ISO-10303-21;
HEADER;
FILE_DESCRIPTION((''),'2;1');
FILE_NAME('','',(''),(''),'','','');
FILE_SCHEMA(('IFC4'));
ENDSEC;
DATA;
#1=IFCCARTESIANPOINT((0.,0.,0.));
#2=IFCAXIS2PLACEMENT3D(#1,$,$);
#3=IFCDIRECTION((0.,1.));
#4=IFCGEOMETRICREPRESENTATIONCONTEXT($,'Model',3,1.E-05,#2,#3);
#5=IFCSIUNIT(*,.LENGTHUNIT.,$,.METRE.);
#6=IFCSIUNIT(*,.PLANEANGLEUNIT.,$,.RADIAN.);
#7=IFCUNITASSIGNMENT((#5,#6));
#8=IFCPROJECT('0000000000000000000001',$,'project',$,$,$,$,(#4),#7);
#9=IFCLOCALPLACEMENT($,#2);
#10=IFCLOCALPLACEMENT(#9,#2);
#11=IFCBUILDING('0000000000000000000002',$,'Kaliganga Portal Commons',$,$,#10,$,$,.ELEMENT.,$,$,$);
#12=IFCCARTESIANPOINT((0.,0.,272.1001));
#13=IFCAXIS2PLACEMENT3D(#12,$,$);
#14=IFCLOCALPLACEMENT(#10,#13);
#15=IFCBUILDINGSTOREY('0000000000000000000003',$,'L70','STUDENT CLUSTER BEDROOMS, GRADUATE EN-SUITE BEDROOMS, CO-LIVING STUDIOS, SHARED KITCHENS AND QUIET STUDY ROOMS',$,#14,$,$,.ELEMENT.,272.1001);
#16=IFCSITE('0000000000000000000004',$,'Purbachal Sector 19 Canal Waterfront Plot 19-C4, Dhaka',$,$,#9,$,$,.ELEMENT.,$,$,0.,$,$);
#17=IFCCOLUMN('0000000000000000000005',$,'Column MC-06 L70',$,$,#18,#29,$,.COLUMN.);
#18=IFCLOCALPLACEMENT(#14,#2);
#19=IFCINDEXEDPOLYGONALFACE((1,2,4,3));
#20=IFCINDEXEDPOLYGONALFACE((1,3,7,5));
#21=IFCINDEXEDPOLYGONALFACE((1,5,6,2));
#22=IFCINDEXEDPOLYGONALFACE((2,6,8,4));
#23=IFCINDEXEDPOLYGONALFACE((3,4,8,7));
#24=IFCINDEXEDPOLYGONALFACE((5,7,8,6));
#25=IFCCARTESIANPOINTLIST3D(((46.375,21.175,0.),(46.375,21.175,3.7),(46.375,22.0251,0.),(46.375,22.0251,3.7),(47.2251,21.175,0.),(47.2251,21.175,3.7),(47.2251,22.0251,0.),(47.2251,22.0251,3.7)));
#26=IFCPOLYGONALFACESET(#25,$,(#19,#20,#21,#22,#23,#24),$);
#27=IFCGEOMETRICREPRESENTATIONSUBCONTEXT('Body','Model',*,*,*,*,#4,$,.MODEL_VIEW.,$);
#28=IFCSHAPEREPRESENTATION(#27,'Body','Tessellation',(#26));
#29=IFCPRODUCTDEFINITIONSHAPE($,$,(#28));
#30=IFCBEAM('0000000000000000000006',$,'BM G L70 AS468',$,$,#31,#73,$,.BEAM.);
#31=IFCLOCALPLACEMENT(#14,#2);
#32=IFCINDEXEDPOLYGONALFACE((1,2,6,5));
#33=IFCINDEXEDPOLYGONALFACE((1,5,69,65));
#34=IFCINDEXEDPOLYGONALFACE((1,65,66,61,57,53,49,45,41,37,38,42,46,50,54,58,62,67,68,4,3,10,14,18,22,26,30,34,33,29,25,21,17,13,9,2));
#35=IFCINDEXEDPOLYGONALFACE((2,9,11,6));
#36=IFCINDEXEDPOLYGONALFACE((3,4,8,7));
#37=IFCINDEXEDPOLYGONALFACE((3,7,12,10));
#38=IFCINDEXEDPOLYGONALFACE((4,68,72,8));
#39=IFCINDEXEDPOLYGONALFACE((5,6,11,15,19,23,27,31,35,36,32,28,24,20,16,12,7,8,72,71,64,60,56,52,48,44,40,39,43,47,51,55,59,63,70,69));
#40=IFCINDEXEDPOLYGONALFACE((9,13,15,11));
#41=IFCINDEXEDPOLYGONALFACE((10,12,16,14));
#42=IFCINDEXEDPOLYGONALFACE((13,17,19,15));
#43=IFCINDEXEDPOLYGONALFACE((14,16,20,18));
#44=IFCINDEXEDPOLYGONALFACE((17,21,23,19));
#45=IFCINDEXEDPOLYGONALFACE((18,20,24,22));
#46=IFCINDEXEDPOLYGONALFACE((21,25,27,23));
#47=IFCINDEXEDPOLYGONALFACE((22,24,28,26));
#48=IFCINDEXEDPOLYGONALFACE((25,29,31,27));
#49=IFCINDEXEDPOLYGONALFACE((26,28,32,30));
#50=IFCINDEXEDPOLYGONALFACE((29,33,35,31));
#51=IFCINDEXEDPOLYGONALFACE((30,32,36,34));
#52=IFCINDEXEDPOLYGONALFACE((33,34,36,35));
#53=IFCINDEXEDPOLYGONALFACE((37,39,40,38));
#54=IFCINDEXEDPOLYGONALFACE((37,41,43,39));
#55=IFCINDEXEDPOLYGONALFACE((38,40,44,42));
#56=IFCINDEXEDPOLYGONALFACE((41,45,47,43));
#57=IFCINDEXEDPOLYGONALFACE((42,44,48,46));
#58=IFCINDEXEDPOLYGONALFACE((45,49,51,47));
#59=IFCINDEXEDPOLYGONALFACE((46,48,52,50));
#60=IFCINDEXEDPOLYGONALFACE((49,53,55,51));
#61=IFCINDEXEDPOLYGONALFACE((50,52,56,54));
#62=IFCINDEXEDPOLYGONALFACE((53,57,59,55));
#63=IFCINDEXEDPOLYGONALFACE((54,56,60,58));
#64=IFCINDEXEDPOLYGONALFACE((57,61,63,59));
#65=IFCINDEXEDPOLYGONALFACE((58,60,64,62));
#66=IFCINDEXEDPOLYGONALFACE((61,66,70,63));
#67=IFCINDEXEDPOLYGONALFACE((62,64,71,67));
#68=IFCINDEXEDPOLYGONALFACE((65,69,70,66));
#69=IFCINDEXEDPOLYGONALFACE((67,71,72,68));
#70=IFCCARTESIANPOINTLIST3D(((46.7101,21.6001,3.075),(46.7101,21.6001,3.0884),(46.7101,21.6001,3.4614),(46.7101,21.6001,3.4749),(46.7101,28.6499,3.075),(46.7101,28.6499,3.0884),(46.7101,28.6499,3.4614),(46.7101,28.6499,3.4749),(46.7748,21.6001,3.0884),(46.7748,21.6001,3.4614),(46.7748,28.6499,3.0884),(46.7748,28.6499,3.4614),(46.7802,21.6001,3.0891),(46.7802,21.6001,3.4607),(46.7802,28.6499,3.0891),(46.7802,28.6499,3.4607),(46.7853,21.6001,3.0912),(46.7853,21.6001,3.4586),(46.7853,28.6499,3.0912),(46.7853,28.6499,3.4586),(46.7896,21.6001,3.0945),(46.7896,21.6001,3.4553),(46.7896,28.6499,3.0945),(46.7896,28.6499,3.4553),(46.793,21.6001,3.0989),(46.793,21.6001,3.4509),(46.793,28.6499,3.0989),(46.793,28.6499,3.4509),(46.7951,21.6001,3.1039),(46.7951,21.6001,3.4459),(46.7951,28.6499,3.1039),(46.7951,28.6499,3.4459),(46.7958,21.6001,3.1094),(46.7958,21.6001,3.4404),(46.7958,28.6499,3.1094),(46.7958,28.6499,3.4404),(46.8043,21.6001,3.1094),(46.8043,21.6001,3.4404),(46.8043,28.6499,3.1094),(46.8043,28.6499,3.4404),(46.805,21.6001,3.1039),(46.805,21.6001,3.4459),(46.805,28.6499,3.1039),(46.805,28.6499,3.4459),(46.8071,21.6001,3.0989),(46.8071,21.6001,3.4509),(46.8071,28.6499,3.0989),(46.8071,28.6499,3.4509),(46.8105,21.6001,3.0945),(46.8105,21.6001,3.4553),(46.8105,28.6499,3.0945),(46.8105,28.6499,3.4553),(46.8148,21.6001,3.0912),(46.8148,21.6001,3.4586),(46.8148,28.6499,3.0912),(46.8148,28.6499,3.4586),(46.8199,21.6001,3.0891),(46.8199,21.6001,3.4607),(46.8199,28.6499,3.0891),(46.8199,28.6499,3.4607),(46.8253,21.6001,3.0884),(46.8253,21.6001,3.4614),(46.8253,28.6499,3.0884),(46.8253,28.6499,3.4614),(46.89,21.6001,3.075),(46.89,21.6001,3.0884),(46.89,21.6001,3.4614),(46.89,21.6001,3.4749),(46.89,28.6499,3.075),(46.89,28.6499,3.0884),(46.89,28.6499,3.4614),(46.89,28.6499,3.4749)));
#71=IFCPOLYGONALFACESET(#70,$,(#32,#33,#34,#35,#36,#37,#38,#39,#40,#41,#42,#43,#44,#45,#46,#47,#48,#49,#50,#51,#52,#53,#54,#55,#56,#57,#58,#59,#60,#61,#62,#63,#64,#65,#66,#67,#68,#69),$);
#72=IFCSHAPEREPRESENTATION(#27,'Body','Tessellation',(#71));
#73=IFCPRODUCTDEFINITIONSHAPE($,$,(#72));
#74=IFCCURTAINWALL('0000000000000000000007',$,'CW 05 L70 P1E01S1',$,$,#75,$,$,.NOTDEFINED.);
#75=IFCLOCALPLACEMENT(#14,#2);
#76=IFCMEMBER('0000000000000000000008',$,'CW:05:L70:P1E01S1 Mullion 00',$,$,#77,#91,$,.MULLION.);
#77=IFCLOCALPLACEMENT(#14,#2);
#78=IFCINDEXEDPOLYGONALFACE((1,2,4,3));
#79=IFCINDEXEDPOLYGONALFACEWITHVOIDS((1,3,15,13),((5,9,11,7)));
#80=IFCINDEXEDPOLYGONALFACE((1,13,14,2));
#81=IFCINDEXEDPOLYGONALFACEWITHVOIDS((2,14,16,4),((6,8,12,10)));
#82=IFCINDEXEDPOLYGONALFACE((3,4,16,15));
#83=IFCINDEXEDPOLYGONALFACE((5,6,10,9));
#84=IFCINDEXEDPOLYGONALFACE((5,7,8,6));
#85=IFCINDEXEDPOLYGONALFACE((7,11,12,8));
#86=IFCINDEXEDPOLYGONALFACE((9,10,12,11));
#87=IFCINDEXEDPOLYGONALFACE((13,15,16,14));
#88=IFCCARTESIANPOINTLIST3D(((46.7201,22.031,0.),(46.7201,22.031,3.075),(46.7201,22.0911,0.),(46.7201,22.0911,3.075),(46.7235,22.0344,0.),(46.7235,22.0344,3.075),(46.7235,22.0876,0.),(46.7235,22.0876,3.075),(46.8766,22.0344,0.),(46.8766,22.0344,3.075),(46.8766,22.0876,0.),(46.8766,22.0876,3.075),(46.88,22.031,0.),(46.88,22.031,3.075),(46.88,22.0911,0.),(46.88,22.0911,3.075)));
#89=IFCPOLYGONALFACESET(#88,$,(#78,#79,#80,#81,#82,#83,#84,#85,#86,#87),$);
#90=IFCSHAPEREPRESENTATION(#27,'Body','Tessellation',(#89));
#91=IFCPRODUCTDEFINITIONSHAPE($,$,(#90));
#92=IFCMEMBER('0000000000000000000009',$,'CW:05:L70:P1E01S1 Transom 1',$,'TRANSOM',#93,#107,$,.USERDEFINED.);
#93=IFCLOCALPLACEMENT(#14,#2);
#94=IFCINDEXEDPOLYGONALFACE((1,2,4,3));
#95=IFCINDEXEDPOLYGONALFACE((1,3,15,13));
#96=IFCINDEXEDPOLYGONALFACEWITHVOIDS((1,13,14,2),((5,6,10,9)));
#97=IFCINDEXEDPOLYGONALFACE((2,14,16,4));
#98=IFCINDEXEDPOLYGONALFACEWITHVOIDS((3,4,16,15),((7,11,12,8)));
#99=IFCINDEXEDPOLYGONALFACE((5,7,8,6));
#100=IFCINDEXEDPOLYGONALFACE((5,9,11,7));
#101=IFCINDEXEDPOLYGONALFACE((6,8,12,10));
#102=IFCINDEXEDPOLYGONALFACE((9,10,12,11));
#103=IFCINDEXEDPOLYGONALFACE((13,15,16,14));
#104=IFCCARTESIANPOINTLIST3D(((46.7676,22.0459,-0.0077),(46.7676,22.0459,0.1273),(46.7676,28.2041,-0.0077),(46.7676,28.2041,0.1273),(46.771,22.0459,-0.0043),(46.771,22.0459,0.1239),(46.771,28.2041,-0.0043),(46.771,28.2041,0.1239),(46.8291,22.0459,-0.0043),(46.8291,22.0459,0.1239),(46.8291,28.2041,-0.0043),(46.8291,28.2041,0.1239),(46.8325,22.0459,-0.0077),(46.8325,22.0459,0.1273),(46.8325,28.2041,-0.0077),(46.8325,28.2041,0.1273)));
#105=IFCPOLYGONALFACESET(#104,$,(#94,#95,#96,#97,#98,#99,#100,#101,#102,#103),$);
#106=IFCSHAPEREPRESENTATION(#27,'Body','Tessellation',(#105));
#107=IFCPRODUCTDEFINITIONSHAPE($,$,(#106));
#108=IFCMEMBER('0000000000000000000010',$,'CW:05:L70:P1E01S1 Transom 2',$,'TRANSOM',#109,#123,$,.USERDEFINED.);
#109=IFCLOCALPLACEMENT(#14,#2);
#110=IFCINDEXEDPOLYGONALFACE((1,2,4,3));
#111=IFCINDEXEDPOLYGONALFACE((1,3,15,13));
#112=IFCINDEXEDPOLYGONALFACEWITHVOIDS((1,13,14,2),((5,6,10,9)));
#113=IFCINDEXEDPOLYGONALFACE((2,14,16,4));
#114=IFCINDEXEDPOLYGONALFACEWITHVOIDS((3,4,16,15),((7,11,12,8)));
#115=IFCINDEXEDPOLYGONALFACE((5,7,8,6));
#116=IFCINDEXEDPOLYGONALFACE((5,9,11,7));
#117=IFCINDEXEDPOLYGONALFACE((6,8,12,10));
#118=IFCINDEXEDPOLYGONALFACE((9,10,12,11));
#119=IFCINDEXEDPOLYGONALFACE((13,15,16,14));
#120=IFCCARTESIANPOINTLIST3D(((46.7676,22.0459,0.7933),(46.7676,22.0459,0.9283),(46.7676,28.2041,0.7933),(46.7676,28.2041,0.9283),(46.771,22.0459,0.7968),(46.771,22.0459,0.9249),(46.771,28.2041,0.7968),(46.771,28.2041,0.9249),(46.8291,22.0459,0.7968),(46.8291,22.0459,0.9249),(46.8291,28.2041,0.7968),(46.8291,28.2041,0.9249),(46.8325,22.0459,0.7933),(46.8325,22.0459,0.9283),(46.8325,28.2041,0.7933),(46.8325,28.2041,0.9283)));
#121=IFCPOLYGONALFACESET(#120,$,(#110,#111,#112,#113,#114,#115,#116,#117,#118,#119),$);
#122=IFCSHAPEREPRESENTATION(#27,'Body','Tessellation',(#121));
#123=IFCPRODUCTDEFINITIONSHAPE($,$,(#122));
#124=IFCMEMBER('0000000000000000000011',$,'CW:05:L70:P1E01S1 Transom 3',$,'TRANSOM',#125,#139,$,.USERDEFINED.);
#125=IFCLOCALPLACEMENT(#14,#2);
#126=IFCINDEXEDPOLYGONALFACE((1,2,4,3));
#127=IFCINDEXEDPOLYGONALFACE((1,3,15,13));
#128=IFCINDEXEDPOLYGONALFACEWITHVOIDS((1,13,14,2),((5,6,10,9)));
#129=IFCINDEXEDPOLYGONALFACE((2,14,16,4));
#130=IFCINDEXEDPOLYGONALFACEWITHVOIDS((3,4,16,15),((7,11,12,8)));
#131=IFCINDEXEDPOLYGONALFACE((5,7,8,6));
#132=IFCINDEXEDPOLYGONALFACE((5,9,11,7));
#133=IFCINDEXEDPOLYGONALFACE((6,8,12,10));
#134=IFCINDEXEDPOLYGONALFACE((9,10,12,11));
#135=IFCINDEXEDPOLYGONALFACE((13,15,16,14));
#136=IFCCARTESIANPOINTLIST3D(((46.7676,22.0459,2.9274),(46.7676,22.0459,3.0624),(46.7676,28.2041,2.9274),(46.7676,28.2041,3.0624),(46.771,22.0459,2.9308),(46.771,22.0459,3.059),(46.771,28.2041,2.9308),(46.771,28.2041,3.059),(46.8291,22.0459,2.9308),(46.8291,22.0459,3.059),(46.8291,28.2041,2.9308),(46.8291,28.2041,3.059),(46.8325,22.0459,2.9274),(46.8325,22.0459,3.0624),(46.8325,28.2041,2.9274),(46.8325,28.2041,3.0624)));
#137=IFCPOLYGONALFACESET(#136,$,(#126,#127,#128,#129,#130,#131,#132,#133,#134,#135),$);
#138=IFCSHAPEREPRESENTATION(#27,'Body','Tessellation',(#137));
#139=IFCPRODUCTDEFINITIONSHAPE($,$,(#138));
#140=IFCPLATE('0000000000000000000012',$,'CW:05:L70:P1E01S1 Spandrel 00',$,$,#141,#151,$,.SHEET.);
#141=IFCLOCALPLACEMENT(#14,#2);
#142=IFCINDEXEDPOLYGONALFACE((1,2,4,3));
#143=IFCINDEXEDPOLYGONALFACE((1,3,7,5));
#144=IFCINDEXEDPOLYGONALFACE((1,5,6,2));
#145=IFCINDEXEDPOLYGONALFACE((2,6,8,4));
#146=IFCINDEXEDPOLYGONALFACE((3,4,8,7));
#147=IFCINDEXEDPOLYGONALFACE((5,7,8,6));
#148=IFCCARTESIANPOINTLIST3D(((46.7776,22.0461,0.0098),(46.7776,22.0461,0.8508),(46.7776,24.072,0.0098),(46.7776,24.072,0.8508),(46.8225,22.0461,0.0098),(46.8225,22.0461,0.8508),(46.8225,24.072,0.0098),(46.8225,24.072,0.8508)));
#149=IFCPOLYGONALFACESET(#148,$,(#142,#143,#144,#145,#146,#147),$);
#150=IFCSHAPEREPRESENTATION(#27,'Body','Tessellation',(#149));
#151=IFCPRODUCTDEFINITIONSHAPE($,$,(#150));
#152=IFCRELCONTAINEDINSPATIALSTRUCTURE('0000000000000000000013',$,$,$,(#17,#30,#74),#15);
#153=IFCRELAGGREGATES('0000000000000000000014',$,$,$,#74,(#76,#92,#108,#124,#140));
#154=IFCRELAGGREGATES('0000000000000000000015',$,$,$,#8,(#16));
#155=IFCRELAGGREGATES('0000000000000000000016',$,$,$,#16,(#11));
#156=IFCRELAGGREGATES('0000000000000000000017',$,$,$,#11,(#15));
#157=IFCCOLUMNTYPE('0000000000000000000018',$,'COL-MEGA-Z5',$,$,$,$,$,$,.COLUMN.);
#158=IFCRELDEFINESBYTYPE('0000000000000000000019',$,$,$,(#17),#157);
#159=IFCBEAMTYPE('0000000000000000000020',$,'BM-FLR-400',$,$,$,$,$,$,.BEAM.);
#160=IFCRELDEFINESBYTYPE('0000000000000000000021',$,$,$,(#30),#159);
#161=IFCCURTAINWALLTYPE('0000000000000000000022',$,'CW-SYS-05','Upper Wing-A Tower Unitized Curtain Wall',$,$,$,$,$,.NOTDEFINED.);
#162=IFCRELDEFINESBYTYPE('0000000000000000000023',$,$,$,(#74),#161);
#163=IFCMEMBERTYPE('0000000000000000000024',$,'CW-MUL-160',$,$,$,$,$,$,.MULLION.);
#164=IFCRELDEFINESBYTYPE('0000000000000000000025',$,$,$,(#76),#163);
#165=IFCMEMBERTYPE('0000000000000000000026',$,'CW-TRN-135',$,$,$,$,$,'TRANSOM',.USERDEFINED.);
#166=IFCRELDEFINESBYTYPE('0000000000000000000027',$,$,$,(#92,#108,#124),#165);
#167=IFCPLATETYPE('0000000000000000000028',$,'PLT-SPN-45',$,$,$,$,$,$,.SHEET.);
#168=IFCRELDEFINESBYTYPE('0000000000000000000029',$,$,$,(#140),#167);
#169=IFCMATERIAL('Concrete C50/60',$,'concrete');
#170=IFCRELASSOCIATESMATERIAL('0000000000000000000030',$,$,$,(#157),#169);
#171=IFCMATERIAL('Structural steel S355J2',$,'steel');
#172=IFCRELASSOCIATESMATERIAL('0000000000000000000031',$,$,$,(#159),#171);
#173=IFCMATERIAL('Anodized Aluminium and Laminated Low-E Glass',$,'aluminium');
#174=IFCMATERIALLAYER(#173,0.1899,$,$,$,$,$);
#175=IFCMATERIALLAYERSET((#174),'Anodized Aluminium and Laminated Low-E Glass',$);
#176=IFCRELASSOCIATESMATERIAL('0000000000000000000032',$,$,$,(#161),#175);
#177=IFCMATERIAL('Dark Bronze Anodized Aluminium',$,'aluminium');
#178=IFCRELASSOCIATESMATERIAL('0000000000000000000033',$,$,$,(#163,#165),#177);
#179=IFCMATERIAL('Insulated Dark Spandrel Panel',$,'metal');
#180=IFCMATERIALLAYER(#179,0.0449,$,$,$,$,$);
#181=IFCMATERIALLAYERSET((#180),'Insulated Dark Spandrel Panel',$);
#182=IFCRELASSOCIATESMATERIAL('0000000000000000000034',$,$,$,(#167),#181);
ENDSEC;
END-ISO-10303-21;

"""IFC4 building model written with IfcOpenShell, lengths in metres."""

from ifc_helpers import new_model, si_unit, direction, frame, origin, origin_2d, place, context, subcontext, project, spatial, rectangle, hollow_rectangle, i_section, extrude, source, transform, mapped, material, layer, layer_set, material_profile, profile_set, type_object, element, aggregate, save


model = new_model("IFC4")

# Units and contexts
model_context = context("Model", 3, precision=1e-05, world=origin(), true_north=direction((0.0, 1.0)))
body_context = subcontext(model_context, "Body", "Model", "MODEL_VIEW")
ifc_project = project(units=[si_unit("LENGTHUNIT", "METRE"), si_unit("PLANEANGLEUNIT", "RADIAN")], contexts=[model_context])

# Site, building, storey
site_placement = place(None, origin())
site = spatial("IfcSite", under=ifc_project, at=site_placement, Name="Purbachal Sector 19 Canal Waterfront Plot 19-C4, Dhaka", CompositionType="ELEMENT", RefElevation=0.0)
building_placement = place(site_placement, origin())
building = spatial("IfcBuilding", under=site, at=building_placement, Name="Kaliganga Portal Commons", CompositionType="ELEMENT")
storey_placement = place(building_placement, frame((0.0, 0.0, 272.1001)))
storey = spatial("IfcBuildingStorey", under=building, at=storey_placement, Name="L70", Description="STUDENT CLUSTER BEDROOMS, GRADUATE EN-SUITE BEDROOMS, CO-LIVING STUDIOS, SHARED KITCHENS AND QUIET STUDY ROOMS", CompositionType="ELEMENT", Elevation=272.1001)

# Column
ifc_material_1 = material(Name="Concrete C50/60", Category="concrete")
ifc_material_profile_1 = material_profile(ifc_material_1, rectangle(XDim=0.8501, YDim=0.8501, at=origin_2d()), Name="RC 850x850")
ifc_profile_set_1 = profile_set([ifc_material_profile_1], Name="Concrete C50/60")
column_type = type_object("IfcColumnType", Name="COL-MEGA-Z5", PredefinedType="COLUMN", material=ifc_profile_set_1)
shared_shape_1 = source(origin(), body_context, "Body", "SweptSolid", [
    extrude(rectangle(XDim=0.8501, YDim=0.8501, at=origin_2d()), origin(), (0.0, 0.0, 1.0), 3.7),
])
column_placement = place(storey_placement, frame((46.8, 21.6001, 0.0), z_axis=(0.0, 0.0, 1.0), x_axis=(1.0, 0.0, 0.0)))
element("IfcColumn", 1, at=column_placement, inside=storey, type_object=column_type, Name="Column MC-06 L70", PredefinedType="COLUMN", context=body_context, shape_type="MappedRepresentation", body=[
    mapped(shared_shape_1, transform((0.0, 0.0, 0.0), x_axis=(1.0, 0.0, 0.0), y_axis=(0.0, 1.0, 0.0), z_axis=(0.0, 0.0, 1.0), scale=1.0)),
])

# Beam
ifc_material_2 = material(Name="Structural steel S355J2", Category="steel")
ifc_material_profile_2 = material_profile(ifc_material_2, i_section(OverallWidth=0.1799, OverallDepth=0.3999, WebThickness=0.0085, FlangeThickness=0.0134, FilletRadius=0.021, at=origin_2d()), Name="IPE 400")
ifc_profile_set_2 = profile_set([ifc_material_profile_2], Name="Structural steel S355J2 wide-flange")
beam_type = type_object("IfcBeamType", Name="BM-FLR-400", PredefinedType="BEAM", material=ifc_profile_set_2)
shared_shape_2 = source(origin(), body_context, "Body", "SweptSolid", [
    extrude(i_section(OverallWidth=0.1799, OverallDepth=0.3999, WebThickness=0.0085, FlangeThickness=0.0134, FilletRadius=0.021, at=origin_2d()), origin(), (0.0, 0.0, 1.0), 7.0498),
])
beam_placement = place(storey_placement, frame((46.8, 21.6001, 3.2749), z_axis=(0.0, 1.0, 0.0), x_axis=(-1.0, 0.0, 0.0)))
element("IfcBeam", 2, at=beam_placement, inside=storey, type_object=beam_type, Name="BM G L70 AS468", PredefinedType="BEAM", context=body_context, shape_type="MappedRepresentation", body=[
    mapped(shared_shape_2, transform((0.0, 0.0, 0.0), x_axis=(1.0, 0.0, 0.0), y_axis=(0.0, 1.0, 0.0), z_axis=(0.0, 0.0, 1.0), scale=1.0)),
])

# Curtain wall, members, plate
ifc_material_3 = material(Name="Anodized Aluminium and Laminated Low-E Glass", Category="aluminium")
ifc_layer_1 = layer(ifc_material_3, 0.1899)
ifc_layer_set_1 = layer_set([ifc_layer_1], Name="Anodized Aluminium and Laminated Low-E Glass")
curtain_wall_type = type_object("IfcCurtainWallType", Name="CW-SYS-05", Description="Upper Wing-A Tower Unitized Curtain Wall", PredefinedType="NOTDEFINED", material=ifc_layer_set_1)
curtain_wall_placement = place(storey_placement, origin())
curtain_wall = element("IfcCurtainWall", 3, at=curtain_wall_placement, inside=storey, type_object=curtain_wall_type, Name="CW 05 L70 P1E01S1", PredefinedType="NOTDEFINED")
ifc_material_4 = material(Name="Dark Bronze Anodized Aluminium", Category="aluminium")
ifc_material_profile_3 = material_profile(ifc_material_4, hollow_rectangle(XDim=0.0601, YDim=0.1599, WallThickness=0.0034, at=origin_2d()), Name="ALU MULL 60x160x3.5")
ifc_profile_set_3 = profile_set([ifc_material_profile_3], Name="Dark Bronze Anodized Aluminium")
member_type_1 = type_object("IfcMemberType", Name="CW-MUL-160", PredefinedType="MULLION", material=ifc_profile_set_3)
shared_shape_3 = source(origin(), body_context, "Body", "SweptSolid", [
    extrude(hollow_rectangle(XDim=0.0601, YDim=0.1599, WallThickness=0.0034, at=origin_2d()), origin(), (0.0, 0.0, 1.0), 3.075),
])
member_1_placement = place(storey_placement, frame((46.8, 22.061, 0.0), z_axis=(0.0, 0.0, 1.0), x_axis=(0.0, 1.0, 0.0)))
member_1 = element("IfcMember", 4, at=member_1_placement, type_object=member_type_1, Name="CW:05:L70:P1E01S1 Mullion 00", PredefinedType="MULLION", context=body_context, shape_type="MappedRepresentation", body=[
    mapped(shared_shape_3, transform((0.0, 0.0, 0.0), x_axis=(1.0, 0.0, 0.0), y_axis=(0.0, 1.0, 0.0), z_axis=(0.0, 0.0, 1.0), scale=1.0)),
])
ifc_material_profile_4 = material_profile(ifc_material_4, hollow_rectangle(XDim=0.0649, YDim=0.135, WallThickness=0.0034, at=origin_2d()), Name="ALU TRAN 65x135x3.5")
ifc_profile_set_4 = profile_set([ifc_material_profile_4], Name="Dark Bronze Anodized Aluminium")
member_type_2 = type_object("IfcMemberType", Name="CW-TRN-135", ElementType="TRANSOM", PredefinedType="USERDEFINED", material=ifc_profile_set_4)
shared_shape_4 = source(origin(), body_context, "Body", "SweptSolid", [
    extrude(hollow_rectangle(XDim=0.0649, YDim=0.135, WallThickness=0.0034, at=origin_2d()), origin(), (0.0, 0.0, 1.0), 6.1582),
])
member_2_placement = place(storey_placement, frame((46.8, 22.0459, 0.0598), z_axis=(0.0, 1.0, 0.0), x_axis=(-1.0, 0.0, 0.0)))
member_2 = element("IfcMember", 5, at=member_2_placement, type_object=member_type_2, Name="CW:05:L70:P1E01S1 Transom 1", ObjectType="TRANSOM", PredefinedType="USERDEFINED", context=body_context, shape_type="MappedRepresentation", body=[
    mapped(shared_shape_4, transform((0.0, 0.0, 0.0), x_axis=(1.0, 0.0, 0.0), y_axis=(0.0, 1.0, 0.0), z_axis=(0.0, 0.0, 1.0), scale=1.0)),
])
member_3_placement = place(storey_placement, frame((46.8, 22.0459, 0.8608), z_axis=(0.0, 1.0, 0.0), x_axis=(-1.0, 0.0, 0.0)))
member_3 = element("IfcMember", 6, at=member_3_placement, type_object=member_type_2, Name="CW:05:L70:P1E01S1 Transom 2", ObjectType="TRANSOM", PredefinedType="USERDEFINED", context=body_context, shape_type="MappedRepresentation", body=[
    mapped(shared_shape_4, transform((0.0, 0.0, 0.0), x_axis=(1.0, 0.0, 0.0), y_axis=(0.0, 1.0, 0.0), z_axis=(0.0, 0.0, 1.0), scale=1.0)),
])
member_4_placement = place(storey_placement, frame((46.8, 22.0459, 2.9949), z_axis=(0.0, 1.0, 0.0), x_axis=(-1.0, 0.0, 0.0)))
member_4 = element("IfcMember", 7, at=member_4_placement, type_object=member_type_2, Name="CW:05:L70:P1E01S1 Transom 3", ObjectType="TRANSOM", PredefinedType="USERDEFINED", context=body_context, shape_type="MappedRepresentation", body=[
    mapped(shared_shape_4, transform((0.0, 0.0, 0.0), x_axis=(1.0, 0.0, 0.0), y_axis=(0.0, 1.0, 0.0), z_axis=(0.0, 0.0, 1.0), scale=1.0)),
])
ifc_material_5 = material(Name="Insulated Dark Spandrel Panel", Category="metal")
ifc_layer_2 = layer(ifc_material_5, 0.0449)
ifc_layer_set_2 = layer_set([ifc_layer_2], Name="Insulated Dark Spandrel Panel")
plate_type = type_object("IfcPlateType", Name="PLT-SPN-45", PredefinedType="SHEET", material=ifc_layer_set_2)
shared_shape_5 = source(origin(), body_context, "Body", "SweptSolid", [
    extrude(rectangle(XDim=2.0259, YDim=0.0449, at=origin_2d()), origin(), (0.0, 0.0, 1.0), 0.8411),
])
plate_placement = place(storey_placement, frame((46.8, 23.0591, 0.0098), z_axis=(0.0, 0.0, 1.0), x_axis=(0.0, 1.0, 0.0)))
plate = element("IfcPlate", 8, at=plate_placement, type_object=plate_type, Name="CW:05:L70:P1E01S1 Spandrel 00", PredefinedType="SHEET", context=body_context, shape_type="MappedRepresentation", body=[
    mapped(shared_shape_5, transform((0.0, 0.0, 0.0), x_axis=(1.0, 0.0, 0.0), y_axis=(0.0, 1.0, 0.0), z_axis=(0.0, 0.0, 1.0), scale=1.0)),
])
aggregate(curtain_wall, [member_1, member_2, member_3, member_4, plate])

save(model, "model.ifc")
